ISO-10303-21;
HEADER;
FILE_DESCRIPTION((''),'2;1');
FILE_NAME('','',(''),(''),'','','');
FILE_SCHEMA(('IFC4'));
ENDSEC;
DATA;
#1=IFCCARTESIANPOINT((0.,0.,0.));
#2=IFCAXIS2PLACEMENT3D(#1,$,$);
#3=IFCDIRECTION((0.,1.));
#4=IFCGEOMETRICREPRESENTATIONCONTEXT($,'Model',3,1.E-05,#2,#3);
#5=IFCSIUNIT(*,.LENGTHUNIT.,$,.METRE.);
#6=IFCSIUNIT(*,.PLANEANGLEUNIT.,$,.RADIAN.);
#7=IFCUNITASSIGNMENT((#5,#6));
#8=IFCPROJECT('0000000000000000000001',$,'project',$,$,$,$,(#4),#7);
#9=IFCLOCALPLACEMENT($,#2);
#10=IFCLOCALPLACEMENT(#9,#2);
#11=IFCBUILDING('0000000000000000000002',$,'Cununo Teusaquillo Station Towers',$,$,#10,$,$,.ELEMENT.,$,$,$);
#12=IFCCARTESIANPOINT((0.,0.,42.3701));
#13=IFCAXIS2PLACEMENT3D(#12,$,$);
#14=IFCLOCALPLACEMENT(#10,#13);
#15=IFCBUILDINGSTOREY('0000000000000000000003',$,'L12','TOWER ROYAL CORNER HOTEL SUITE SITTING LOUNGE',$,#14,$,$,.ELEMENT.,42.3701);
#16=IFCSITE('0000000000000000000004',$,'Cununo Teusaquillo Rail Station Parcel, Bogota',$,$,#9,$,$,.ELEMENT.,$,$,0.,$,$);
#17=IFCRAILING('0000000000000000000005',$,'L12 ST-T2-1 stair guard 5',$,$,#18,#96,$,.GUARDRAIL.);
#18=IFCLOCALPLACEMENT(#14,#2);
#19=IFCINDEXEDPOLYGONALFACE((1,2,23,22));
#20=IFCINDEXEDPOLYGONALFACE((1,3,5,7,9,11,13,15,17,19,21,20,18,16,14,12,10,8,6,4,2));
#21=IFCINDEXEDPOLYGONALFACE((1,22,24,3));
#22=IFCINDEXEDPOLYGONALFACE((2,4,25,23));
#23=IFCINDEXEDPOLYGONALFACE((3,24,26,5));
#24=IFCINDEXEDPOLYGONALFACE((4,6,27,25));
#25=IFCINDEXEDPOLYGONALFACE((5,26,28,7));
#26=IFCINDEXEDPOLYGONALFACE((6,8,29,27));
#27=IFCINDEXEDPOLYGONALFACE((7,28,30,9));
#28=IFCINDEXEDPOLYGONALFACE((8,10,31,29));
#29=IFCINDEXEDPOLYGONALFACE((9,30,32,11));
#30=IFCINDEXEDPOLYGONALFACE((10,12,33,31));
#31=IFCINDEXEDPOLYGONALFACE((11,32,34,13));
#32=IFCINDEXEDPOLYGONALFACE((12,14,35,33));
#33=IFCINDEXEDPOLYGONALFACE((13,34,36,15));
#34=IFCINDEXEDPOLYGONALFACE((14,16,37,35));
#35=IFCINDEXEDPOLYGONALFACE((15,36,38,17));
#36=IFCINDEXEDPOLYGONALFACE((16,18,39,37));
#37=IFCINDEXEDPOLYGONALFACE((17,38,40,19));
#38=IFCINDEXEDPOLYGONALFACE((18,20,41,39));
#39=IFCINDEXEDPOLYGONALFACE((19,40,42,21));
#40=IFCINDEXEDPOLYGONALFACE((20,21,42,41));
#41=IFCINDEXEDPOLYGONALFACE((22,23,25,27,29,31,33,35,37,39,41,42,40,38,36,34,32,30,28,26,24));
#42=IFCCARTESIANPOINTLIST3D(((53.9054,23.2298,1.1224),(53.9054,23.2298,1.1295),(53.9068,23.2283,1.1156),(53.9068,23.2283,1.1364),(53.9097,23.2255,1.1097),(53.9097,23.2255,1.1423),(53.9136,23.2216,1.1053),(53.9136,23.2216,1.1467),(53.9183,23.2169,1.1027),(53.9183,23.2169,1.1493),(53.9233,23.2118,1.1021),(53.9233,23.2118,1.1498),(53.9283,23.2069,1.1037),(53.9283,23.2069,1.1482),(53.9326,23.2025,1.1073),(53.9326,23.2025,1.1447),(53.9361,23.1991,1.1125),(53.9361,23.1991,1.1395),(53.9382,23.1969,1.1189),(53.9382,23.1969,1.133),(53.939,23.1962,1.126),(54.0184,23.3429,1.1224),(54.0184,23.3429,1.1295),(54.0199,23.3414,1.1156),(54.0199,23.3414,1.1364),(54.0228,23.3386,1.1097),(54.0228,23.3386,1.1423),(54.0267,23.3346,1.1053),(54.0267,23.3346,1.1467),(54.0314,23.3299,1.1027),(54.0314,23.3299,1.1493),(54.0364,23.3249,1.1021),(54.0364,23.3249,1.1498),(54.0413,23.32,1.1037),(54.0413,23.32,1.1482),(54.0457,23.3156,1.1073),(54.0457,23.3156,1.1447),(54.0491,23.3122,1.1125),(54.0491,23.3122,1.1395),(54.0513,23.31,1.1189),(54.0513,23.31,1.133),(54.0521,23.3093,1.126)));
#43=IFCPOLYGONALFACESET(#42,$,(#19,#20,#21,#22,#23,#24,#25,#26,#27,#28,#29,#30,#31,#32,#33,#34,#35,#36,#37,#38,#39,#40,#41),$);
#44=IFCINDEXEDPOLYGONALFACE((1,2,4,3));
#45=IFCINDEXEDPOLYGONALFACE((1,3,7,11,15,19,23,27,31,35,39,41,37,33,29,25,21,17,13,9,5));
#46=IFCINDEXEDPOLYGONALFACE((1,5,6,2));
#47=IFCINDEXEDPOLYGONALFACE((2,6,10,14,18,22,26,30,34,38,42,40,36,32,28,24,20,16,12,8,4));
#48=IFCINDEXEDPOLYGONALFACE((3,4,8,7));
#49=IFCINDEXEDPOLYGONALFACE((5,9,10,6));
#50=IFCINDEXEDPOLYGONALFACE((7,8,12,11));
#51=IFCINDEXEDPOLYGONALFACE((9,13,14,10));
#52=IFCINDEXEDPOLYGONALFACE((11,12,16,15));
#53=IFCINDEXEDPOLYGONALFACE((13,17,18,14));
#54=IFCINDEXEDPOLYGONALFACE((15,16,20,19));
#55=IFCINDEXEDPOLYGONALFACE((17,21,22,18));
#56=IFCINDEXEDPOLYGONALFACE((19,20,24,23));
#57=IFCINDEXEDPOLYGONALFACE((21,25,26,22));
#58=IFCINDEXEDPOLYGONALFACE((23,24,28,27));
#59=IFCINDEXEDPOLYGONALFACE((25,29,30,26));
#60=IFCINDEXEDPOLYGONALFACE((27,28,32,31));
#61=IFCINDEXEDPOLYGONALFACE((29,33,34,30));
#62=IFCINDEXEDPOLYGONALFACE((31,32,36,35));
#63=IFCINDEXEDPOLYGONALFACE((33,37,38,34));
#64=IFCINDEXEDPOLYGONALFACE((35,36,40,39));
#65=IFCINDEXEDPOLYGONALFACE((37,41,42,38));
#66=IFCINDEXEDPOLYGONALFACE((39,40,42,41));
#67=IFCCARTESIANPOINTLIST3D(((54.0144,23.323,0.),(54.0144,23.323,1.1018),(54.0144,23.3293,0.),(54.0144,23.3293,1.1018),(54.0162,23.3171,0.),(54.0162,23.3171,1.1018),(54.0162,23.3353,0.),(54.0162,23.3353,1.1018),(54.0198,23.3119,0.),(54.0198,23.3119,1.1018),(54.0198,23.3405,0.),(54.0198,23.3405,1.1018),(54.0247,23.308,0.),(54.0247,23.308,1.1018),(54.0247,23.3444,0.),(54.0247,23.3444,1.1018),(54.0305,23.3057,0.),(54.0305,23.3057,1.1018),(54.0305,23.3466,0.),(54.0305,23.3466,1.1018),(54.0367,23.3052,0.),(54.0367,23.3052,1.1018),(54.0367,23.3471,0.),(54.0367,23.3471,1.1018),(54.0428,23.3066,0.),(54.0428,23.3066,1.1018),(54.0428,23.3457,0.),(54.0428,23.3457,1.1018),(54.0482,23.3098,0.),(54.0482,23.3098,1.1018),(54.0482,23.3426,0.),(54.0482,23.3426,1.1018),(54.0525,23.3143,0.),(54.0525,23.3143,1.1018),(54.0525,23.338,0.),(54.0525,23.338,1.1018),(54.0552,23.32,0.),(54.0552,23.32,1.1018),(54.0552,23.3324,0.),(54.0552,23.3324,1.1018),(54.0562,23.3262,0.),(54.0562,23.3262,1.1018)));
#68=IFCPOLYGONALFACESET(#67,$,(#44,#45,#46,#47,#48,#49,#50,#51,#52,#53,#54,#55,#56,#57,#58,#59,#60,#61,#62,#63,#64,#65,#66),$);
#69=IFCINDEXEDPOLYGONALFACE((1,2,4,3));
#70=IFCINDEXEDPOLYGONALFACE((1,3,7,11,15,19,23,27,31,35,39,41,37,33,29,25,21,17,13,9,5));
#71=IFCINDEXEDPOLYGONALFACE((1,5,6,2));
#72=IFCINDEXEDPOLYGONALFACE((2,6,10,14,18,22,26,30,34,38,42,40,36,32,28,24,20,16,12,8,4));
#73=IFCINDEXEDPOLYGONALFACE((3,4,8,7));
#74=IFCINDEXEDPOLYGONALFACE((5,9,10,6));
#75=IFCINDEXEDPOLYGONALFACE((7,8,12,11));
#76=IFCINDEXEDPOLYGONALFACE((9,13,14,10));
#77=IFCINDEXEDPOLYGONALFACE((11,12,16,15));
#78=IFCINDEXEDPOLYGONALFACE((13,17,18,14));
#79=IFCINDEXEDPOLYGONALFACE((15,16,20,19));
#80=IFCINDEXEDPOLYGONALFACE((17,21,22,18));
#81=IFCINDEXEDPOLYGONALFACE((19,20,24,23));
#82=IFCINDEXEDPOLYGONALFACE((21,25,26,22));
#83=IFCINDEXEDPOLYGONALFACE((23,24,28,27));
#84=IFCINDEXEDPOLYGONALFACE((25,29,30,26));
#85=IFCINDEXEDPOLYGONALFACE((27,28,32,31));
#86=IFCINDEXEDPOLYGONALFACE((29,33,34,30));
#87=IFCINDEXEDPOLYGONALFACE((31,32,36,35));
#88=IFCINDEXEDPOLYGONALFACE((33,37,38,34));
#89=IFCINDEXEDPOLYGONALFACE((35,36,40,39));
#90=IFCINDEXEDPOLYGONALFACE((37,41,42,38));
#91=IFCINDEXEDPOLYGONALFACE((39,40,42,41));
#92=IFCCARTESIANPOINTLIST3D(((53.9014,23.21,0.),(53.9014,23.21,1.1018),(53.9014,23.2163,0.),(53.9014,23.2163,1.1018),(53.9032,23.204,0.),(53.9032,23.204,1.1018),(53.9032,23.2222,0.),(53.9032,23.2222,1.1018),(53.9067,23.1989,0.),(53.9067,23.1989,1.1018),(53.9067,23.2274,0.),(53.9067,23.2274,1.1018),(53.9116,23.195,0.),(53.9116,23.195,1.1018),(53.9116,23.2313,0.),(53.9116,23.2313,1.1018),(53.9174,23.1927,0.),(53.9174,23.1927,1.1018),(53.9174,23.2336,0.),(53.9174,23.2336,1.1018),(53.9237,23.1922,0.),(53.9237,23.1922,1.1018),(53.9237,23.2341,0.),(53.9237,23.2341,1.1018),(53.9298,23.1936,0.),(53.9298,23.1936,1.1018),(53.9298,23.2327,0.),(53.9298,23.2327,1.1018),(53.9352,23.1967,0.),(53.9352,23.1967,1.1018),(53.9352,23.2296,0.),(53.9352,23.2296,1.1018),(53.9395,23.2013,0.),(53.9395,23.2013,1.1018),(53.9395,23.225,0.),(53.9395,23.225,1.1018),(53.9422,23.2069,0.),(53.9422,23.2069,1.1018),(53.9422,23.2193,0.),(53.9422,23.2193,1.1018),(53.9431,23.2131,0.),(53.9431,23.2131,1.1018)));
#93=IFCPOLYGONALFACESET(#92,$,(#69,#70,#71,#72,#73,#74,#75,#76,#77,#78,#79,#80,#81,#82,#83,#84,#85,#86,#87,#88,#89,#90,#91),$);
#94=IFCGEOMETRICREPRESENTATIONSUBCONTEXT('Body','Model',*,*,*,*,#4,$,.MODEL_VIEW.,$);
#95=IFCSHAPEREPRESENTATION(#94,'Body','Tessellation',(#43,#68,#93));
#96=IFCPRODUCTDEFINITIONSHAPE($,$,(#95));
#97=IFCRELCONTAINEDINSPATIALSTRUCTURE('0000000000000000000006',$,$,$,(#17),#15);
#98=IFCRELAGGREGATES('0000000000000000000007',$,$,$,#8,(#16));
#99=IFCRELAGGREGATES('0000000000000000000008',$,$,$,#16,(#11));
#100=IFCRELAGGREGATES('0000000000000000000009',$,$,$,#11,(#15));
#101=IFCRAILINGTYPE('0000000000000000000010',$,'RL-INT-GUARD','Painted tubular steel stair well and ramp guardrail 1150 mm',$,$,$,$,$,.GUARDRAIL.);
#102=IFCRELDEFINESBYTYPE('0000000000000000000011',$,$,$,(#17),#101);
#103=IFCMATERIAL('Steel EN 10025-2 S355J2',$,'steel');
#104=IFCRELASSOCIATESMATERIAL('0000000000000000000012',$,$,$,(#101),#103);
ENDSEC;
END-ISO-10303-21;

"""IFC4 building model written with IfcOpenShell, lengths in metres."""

from ifc_helpers import new_model, si_unit, direction, frame, origin, origin_2d, place, context, subcontext, project, spatial, circle, extrude, material, type_object, element, save


model = new_model("IFC4")

# Units and contexts
model_context = context("Model", 3, precision=1e-05, world=origin(), true_north=direction((0.0, 1.0)))
body_context = subcontext(model_context, "Body", "Model", "MODEL_VIEW")
ifc_project = project(units=[si_unit("LENGTHUNIT", "METRE"), si_unit("PLANEANGLEUNIT", "RADIAN")], contexts=[model_context])

# Site, building, storey
site_placement = place(None, origin())
site = spatial("IfcSite", under=ifc_project, at=site_placement, Name="Cununo Teusaquillo Rail Station Parcel, Bogota", CompositionType="ELEMENT", RefElevation=0.0)
building_placement = place(site_placement, origin())
building = spatial("IfcBuilding", under=site, at=building_placement, Name="Cununo Teusaquillo Station Towers", CompositionType="ELEMENT")
storey_placement = place(building_placement, frame((0.0, 0.0, 42.3701)))
storey = spatial("IfcBuildingStorey", under=building, at=storey_placement, Name="L12", Description="TOWER ROYAL CORNER HOTEL SUITE SITTING LOUNGE", CompositionType="ELEMENT", Elevation=42.3701)

# Railing
ifc_material_1 = material(Name="Steel EN 10025-2 S355J2", Category="steel")
railing_type_1 = type_object("IfcRailingType", Name="RL-INT-GUARD", Description="Painted tubular steel stair well and ramp guardrail 1150 mm", PredefinedType="GUARDRAIL", material=ifc_material_1)
railing_1_placement = place(storey_placement, frame((54.0352, 23.3262, 0.0)))
element("IfcRailing", 1, at=railing_1_placement, inside=storey, type_object=railing_type_1, Name="L12 ST-T2-1 stair guard 5", PredefinedType="GUARDRAIL", context=body_context, shape_type="SweptSolid", body=[
    extrude(circle(Radius=0.0239, at=origin_2d()), frame((0.0, 0.0, 1.126), z_axis=(-0.707107, -0.707107, 0.0), x_axis=(0.707107, -0.707107, 0.0)), (0.0, 0.0, 1.0), 0.1599),
    extrude(circle(Radius=0.021, at=origin_2d()), origin(), (0.0, 0.0, 1.0), 1.1018),
    extrude(circle(Radius=0.021, at=origin_2d()), frame((-0.113, -0.113, 0.0)), (0.0, 0.0, 1.0), 1.1018),
])

save(model, "model.ifc")
